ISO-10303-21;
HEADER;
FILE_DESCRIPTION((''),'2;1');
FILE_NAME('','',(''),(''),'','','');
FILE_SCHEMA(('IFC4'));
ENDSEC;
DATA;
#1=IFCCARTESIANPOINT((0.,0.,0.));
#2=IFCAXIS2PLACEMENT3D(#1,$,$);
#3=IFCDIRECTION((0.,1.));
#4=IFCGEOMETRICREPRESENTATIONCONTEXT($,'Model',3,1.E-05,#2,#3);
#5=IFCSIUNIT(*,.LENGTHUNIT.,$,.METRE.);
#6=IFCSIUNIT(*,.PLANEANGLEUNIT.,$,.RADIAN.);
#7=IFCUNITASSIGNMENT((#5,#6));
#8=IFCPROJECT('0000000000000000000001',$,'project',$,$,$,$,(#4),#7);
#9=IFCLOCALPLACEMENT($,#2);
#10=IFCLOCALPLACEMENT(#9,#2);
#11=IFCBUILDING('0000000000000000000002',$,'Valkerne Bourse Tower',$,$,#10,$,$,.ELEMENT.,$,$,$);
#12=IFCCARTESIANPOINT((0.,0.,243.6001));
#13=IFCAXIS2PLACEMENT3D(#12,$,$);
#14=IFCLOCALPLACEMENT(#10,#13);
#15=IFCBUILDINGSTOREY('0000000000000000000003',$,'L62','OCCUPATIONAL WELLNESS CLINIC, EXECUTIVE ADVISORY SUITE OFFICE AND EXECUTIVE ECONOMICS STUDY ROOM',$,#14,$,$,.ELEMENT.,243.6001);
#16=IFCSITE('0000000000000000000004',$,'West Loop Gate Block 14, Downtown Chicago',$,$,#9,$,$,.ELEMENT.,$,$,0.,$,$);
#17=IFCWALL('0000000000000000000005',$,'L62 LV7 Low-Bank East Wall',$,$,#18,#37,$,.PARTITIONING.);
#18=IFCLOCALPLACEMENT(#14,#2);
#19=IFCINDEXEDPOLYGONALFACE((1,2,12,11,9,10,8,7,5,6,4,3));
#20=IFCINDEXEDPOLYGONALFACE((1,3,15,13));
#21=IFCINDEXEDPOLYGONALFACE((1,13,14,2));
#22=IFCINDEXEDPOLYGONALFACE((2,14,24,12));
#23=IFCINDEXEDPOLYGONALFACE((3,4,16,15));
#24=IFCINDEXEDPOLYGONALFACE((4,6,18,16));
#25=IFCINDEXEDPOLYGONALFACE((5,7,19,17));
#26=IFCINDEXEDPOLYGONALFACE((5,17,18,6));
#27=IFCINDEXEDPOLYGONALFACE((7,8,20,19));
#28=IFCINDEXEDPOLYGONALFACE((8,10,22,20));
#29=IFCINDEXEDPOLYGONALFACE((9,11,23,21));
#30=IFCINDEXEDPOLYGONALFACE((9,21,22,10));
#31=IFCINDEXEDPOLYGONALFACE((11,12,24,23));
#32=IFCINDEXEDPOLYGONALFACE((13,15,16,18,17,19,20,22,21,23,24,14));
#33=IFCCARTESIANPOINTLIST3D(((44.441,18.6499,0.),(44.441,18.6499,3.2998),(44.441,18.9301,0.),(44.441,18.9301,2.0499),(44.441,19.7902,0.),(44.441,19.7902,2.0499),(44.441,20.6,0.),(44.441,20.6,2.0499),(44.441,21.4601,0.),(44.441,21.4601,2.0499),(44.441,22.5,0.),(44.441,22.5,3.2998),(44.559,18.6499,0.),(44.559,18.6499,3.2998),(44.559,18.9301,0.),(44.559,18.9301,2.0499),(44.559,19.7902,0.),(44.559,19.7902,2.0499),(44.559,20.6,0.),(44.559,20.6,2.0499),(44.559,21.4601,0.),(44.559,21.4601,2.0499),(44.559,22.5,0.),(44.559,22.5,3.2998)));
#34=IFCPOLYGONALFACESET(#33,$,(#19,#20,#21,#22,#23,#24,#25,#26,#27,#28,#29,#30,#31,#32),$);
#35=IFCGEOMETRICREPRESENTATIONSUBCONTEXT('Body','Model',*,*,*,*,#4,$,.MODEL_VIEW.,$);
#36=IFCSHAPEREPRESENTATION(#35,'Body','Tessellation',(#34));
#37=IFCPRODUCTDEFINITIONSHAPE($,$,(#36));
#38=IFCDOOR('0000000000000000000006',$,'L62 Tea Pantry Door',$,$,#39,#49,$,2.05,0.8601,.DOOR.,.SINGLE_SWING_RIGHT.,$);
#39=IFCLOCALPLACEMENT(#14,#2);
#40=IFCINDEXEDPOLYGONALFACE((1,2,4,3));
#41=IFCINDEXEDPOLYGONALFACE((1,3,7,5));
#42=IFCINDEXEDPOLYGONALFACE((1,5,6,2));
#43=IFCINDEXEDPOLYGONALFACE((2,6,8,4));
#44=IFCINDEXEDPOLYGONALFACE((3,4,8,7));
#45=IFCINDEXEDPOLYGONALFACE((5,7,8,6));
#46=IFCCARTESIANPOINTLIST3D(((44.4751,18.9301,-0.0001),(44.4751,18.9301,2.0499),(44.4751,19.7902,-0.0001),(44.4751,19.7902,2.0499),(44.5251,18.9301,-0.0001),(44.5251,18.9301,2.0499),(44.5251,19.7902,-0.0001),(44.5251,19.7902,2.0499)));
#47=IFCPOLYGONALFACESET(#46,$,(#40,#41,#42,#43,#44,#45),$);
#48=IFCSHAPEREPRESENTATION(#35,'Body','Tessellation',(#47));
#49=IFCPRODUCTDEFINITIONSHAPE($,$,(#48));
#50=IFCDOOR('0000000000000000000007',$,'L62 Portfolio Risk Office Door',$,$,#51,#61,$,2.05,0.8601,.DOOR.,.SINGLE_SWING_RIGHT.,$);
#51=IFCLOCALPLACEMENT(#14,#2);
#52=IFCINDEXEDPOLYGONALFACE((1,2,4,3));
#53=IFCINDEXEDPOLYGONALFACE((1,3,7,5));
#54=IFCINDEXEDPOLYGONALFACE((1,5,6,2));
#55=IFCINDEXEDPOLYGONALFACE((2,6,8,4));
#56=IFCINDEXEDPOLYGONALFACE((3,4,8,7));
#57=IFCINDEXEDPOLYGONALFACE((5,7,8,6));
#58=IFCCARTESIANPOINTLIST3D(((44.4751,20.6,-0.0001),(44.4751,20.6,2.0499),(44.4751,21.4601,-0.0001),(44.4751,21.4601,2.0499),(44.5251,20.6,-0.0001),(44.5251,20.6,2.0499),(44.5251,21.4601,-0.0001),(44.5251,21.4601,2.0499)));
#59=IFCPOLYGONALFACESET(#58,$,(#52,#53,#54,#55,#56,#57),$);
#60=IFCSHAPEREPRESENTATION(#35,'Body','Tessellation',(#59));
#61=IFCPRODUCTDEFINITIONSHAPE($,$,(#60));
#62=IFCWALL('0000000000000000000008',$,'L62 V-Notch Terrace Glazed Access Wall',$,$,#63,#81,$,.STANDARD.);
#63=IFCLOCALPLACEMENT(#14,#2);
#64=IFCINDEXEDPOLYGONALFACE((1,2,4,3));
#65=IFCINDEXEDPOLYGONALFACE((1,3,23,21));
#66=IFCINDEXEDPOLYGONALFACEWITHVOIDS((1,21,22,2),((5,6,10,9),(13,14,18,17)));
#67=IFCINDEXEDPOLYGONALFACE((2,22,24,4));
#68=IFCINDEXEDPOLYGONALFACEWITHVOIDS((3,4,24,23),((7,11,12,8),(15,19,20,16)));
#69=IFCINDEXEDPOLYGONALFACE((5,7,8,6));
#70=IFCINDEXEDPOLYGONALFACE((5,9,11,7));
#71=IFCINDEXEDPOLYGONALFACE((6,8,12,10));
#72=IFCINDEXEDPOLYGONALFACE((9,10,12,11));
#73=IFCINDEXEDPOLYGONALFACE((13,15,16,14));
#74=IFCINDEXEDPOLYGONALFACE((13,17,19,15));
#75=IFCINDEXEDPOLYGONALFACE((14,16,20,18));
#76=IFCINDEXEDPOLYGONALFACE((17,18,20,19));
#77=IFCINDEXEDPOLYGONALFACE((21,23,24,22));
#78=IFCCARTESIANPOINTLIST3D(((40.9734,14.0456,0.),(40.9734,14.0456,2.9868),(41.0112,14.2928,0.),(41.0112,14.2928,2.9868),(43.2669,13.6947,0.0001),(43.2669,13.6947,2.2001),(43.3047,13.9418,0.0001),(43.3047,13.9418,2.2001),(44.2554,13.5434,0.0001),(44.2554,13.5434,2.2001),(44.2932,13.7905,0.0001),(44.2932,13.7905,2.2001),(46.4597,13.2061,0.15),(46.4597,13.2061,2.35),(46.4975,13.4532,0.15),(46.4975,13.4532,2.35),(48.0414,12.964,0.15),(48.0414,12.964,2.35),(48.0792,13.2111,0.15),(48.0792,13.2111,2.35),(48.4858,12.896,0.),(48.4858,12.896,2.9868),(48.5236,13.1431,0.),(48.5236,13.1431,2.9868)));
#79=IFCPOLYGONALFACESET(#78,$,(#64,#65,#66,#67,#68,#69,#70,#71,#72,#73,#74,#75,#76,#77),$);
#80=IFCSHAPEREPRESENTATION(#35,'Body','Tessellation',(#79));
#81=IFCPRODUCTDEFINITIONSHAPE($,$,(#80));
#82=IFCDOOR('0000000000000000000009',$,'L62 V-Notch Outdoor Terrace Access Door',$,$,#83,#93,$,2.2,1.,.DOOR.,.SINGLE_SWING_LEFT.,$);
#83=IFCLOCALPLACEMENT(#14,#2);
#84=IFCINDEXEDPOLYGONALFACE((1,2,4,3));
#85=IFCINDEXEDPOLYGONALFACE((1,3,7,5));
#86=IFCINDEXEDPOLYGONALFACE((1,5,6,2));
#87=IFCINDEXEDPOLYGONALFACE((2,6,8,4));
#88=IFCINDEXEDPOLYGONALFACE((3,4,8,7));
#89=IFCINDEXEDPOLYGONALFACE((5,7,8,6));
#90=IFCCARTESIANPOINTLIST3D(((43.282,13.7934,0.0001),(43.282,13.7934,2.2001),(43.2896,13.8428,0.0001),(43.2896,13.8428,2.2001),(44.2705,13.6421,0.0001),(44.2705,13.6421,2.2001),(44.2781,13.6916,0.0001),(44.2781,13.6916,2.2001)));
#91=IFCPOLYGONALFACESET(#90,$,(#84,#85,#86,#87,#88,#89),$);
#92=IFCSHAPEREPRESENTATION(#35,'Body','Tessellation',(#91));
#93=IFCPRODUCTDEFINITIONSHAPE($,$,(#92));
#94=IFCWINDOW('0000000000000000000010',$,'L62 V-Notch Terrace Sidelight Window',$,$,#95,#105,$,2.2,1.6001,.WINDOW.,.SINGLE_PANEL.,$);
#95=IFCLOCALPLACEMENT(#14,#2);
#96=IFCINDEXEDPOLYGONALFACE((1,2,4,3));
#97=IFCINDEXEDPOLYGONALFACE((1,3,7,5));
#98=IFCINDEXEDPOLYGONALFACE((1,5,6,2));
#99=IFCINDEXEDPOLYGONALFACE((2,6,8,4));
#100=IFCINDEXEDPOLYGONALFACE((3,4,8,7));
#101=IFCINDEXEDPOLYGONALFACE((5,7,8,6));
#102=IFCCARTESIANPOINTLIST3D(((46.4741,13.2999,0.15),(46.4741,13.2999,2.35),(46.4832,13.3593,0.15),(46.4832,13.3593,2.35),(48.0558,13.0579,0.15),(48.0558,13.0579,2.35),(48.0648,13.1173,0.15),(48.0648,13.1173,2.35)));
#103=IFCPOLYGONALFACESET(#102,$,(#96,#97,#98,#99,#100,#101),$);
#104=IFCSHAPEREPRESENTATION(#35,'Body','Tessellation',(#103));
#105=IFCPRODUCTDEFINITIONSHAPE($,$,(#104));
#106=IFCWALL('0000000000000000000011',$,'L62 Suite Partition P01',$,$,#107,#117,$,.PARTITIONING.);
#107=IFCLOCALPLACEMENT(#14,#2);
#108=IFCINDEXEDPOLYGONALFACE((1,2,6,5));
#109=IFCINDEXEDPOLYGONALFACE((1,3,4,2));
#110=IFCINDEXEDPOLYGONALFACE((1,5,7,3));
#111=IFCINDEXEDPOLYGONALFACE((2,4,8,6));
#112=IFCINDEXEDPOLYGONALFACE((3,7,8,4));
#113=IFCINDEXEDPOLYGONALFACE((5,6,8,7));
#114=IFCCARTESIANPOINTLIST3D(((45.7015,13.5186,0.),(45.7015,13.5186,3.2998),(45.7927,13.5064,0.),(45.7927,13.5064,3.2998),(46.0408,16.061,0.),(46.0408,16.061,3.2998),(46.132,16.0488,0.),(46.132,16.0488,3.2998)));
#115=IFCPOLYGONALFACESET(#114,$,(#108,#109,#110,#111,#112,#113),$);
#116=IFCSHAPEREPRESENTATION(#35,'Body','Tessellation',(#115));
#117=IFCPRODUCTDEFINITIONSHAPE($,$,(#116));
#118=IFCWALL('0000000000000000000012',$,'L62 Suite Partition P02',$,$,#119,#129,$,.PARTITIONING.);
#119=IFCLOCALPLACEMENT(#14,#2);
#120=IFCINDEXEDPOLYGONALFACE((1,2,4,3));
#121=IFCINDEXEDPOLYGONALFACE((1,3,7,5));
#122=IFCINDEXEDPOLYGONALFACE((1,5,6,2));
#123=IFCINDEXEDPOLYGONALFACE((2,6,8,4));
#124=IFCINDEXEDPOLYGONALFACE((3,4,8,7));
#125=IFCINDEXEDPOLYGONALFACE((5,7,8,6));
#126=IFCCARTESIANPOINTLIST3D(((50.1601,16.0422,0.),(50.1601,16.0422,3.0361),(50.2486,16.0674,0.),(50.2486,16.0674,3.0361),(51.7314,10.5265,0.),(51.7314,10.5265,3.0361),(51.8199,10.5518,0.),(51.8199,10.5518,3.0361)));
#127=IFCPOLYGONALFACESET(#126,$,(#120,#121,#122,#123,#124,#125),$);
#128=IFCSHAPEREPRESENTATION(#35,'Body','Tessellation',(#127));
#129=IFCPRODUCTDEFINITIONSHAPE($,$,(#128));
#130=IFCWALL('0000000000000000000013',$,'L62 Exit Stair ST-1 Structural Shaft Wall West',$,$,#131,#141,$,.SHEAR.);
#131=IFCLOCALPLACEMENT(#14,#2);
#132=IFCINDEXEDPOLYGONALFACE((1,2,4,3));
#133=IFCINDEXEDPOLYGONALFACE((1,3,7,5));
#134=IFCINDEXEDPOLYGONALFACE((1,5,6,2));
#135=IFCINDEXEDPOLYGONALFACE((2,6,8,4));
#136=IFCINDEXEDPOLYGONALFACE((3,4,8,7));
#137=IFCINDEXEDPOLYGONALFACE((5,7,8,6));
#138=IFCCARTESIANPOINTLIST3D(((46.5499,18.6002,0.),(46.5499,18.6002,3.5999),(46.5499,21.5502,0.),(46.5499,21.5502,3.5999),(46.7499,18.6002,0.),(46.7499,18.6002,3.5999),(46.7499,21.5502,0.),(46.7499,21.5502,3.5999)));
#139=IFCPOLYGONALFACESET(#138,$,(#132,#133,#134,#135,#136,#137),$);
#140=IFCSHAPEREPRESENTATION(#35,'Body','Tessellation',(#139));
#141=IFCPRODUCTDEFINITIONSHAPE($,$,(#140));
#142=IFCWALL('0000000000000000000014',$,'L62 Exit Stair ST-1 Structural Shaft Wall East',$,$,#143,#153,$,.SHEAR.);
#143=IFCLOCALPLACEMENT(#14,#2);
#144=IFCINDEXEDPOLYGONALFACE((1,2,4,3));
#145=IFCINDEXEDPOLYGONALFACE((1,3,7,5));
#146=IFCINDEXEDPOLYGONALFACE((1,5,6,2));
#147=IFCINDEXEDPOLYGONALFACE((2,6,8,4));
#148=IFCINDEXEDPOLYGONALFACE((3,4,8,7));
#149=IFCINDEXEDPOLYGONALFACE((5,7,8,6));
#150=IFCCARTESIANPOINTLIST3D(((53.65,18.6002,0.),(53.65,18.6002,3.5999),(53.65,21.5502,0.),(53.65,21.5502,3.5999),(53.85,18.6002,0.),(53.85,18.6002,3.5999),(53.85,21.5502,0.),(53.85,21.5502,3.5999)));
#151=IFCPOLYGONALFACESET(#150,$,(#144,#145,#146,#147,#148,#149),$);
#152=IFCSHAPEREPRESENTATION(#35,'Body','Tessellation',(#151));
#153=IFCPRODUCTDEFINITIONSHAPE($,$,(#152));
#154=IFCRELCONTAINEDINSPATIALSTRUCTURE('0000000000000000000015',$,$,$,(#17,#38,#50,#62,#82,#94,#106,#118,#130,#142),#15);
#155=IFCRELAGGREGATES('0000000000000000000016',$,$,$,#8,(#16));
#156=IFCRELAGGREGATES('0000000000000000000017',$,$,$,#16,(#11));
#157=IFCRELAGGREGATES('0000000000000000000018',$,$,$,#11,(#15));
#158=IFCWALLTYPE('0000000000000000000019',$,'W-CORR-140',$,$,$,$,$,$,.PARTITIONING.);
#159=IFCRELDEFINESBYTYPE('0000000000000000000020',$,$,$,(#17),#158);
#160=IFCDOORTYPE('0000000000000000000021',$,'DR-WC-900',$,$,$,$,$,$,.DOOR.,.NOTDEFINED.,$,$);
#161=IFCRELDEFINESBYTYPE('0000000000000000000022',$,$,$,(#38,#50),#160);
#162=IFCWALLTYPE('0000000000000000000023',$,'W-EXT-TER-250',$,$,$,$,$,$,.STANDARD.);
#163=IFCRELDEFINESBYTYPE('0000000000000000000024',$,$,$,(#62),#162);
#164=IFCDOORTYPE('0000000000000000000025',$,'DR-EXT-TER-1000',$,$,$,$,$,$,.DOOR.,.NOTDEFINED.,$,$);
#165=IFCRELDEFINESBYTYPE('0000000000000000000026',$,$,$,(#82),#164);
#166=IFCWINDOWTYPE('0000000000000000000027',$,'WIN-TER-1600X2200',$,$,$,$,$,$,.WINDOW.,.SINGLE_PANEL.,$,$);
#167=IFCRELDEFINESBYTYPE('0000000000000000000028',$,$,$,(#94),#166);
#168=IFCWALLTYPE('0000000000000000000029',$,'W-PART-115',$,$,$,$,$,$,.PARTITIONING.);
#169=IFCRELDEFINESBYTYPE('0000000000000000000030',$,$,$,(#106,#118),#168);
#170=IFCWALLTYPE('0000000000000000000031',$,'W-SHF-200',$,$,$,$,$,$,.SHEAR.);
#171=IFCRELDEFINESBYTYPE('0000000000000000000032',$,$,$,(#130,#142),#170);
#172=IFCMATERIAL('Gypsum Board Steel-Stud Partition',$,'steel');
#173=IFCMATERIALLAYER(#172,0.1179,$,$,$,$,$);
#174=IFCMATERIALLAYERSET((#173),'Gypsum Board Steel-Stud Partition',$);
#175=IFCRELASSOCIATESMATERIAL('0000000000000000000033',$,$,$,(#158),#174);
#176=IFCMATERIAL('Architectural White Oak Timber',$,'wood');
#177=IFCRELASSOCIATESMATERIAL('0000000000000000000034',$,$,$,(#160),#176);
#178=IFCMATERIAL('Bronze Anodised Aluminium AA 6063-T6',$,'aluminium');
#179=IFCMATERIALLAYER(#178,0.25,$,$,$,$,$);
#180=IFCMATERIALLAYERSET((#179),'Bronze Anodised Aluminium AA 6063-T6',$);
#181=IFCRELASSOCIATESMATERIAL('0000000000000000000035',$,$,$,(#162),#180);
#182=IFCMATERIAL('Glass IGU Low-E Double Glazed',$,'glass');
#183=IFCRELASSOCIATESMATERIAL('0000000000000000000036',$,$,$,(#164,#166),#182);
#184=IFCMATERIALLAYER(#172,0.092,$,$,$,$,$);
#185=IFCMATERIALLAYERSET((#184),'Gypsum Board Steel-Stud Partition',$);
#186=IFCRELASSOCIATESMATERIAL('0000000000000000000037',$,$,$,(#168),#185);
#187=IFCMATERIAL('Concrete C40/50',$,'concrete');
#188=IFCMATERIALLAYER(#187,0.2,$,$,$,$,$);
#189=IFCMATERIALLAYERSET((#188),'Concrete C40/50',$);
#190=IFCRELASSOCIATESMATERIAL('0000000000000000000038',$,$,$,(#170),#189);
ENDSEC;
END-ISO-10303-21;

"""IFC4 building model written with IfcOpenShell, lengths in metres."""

from ifc_helpers import new_model, si_unit, direction, frame, frame_2d, origin, place, context, subcontext, project, spatial, rectangle, extrude, material, layer, layer_set, type_object, element, fill, save


model = new_model("IFC4")

# Units and contexts
model_context = context("Model", 3, precision=1e-05, world=origin(), true_north=direction((0.0, 1.0)))
body_context = subcontext(model_context, "Body", "Model", "MODEL_VIEW")
ifc_project = project(units=[si_unit("LENGTHUNIT", "METRE"), si_unit("PLANEANGLEUNIT", "RADIAN")], contexts=[model_context])

# Site, building, storey
site_placement = place(None, origin())
site = spatial("IfcSite", under=ifc_project, at=site_placement, Name="West Loop Gate Block 14, Downtown Chicago", CompositionType="ELEMENT", RefElevation=0.0)
building_placement = place(site_placement, origin())
building = spatial("IfcBuilding", under=site, at=building_placement, Name="Valkerne Bourse Tower", CompositionType="ELEMENT")
storey_placement = place(building_placement, frame((0.0, 0.0, 243.6001)))
storey = spatial("IfcBuildingStorey", under=building, at=storey_placement, Name="L62", Description="OCCUPATIONAL WELLNESS CLINIC, EXECUTIVE ADVISORY SUITE OFFICE AND EXECUTIVE ECONOMICS STUDY ROOM", CompositionType="ELEMENT", Elevation=243.6001)

# Wall, openings, doors
ifc_material_1 = material(Name="Gypsum Board Steel-Stud Partition", Category="steel")
ifc_layer_1 = layer(ifc_material_1, 0.1179)
ifc_layer_set_1 = layer_set([ifc_layer_1], Name="Gypsum Board Steel-Stud Partition")
wall_type_1 = type_object("IfcWallType", Name="W-CORR-140", PredefinedType="PARTITIONING", material=ifc_layer_set_1)
wall_1_placement = place(storey_placement, frame((44.5, 18.6499, 0.0), z_axis=(0.0, 0.0, 1.0), x_axis=(0.0, 1.0, 0.0)))
wall_1 = element("IfcWall", 1, at=wall_1_placement, inside=storey, type_object=wall_type_1, Name="L62 LV7 Low-Bank East Wall", PredefinedType="PARTITIONING", context=body_context, shape_type="SweptSolid", body=[
    extrude(rectangle(XDim=3.8501, YDim=0.1179, at=frame_2d((1.925, 0.0))), origin(), (0.0, 0.0, 1.0), 3.2998),
])
opening_1_placement = place(wall_1_placement, frame((0.28, 0.0, 0.0)))
opening_1 = element("IfcOpeningElement", 2, at=opening_1_placement, cuts=wall_1, PredefinedType="OPENING", context=body_context, shape_type="SweptSolid", body=[
    extrude(rectangle(XDim=0.8601, YDim=2.05, at=frame_2d((0.4302, 1.0249))), frame((0.0, 0.0688, 0.0), z_axis=(0.0, -1.0, 0.0), x_axis=(1.0, 0.0, 0.0)), (0.0, 0.0, 1.0), 0.1379),
])
opening_2_placement = place(wall_1_placement, frame((1.95, 0.0, 0.0)))
opening_2 = element("IfcOpeningElement", 3, at=opening_2_placement, cuts=wall_1, PredefinedType="OPENING", context=body_context, shape_type="SweptSolid", body=[
    extrude(rectangle(XDim=0.8601, YDim=2.05, at=frame_2d((0.4302, 1.0249))), frame((0.0, 0.0688, 0.0), z_axis=(0.0, -1.0, 0.0), x_axis=(1.0, 0.0, 0.0)), (0.0, 0.0, 1.0), 0.1379),
])
ifc_material_2 = material(Name="Architectural White Oak Timber", Category="wood")
door_type_1 = type_object("IfcDoorType", Name="DR-WC-900", OperationType="NOTDEFINED", PredefinedType="DOOR", material=ifc_material_2)
door_1_placement = place(opening_1_placement, origin())
door_1 = element("IfcDoor", 4, at=door_1_placement, inside=storey, type_object=door_type_1, Name="L62 Tea Pantry Door", OperationType="SINGLE_SWING_RIGHT", OverallHeight=2.05, OverallWidth=0.8601, PredefinedType="DOOR", context=body_context, shape_type="SweptSolid", body=[
    extrude(rectangle(XDim=0.8601, YDim=2.05, at=frame_2d((0.4302, 1.0249))), frame((0.0, 0.0249, 0.0), z_axis=(0.0, -1.0, 0.0), x_axis=(1.0, 0.0, 0.0)), (0.0, 0.0, 1.0), 0.05),
])
fill(opening_1, door_1)
door_2_placement = place(opening_2_placement, origin())
door_2 = element("IfcDoor", 5, at=door_2_placement, inside=storey, type_object=door_type_1, Name="L62 Portfolio Risk Office Door", OperationType="SINGLE_SWING_RIGHT", OverallHeight=2.05, OverallWidth=0.8601, PredefinedType="DOOR", context=body_context, shape_type="SweptSolid", body=[
    extrude(rectangle(XDim=0.8601, YDim=2.05, at=frame_2d((0.4302, 1.0249))), frame((0.0, 0.0249, 0.0), z_axis=(0.0, -1.0, 0.0), x_axis=(1.0, 0.0, 0.0)), (0.0, 0.0, 1.0), 0.05),
])
fill(opening_2, door_2)

# Wall, openings, door, window
ifc_material_3 = material(Name="Bronze Anodised Aluminium AA 6063-T6", Category="aluminium")
ifc_layer_2 = layer(ifc_material_3, 0.25)
ifc_layer_set_2 = layer_set([ifc_layer_2], Name="Bronze Anodised Aluminium AA 6063-T6")
wall_type_2 = type_object("IfcWallType", Name="W-EXT-TER-250", PredefinedType="STANDARD", material=ifc_layer_set_2)
wall_2_placement = place(storey_placement, frame((40.9924, 14.1692, 0.0), z_axis=(0.0, 0.0, 1.0), x_axis=(0.988492, -0.151273, 0.0)))
wall_2 = element("IfcWall", 6, at=wall_2_placement, inside=storey, type_object=wall_type_2, Name="L62 V-Notch Terrace Glazed Access Wall", PredefinedType="STANDARD", context=body_context, shape_type="SweptSolid", body=[
    extrude(rectangle(XDim=7.5999, YDim=0.25, at=frame_2d((3.7998, 0.0))), origin(), (0.0, 0.0, 1.0), 2.9868),
])
opening_3_placement = place(wall_2_placement, frame((2.3201, 0.0, 0.0)))
opening_3 = element("IfcOpeningElement", 7, at=opening_3_placement, cuts=wall_2, PredefinedType="OPENING", context=body_context, shape_type="SweptSolid", body=[
    extrude(rectangle(XDim=1.0, YDim=2.2, at=frame_2d((0.5, 1.1001))), frame((0.0, 0.135, 0.0), z_axis=(0.0, -1.0, 0.0), x_axis=(1.0, 0.0, 0.0)), (0.0, 0.0, 1.0), 0.27),
])
opening_4_placement = place(wall_2_placement, frame((5.55, 0.0, 0.1499)))
opening_4 = element("IfcOpeningElement", 8, at=opening_4_placement, cuts=wall_2, PredefinedType="OPENING", context=body_context, shape_type="SweptSolid", body=[
    extrude(rectangle(XDim=1.6001, YDim=2.2, at=frame_2d((0.8, 1.1001))), frame((0.0, 0.135, 0.0), z_axis=(0.0, -1.0, 0.0), x_axis=(1.0, 0.0, 0.0)), (0.0, 0.0, 1.0), 0.27),
])
ifc_material_4 = material(Name="Glass IGU Low-E Double Glazed", Category="glass")
door_type_2 = type_object("IfcDoorType", Name="DR-EXT-TER-1000", OperationType="NOTDEFINED", PredefinedType="DOOR", material=ifc_material_4)
door_3_placement = place(opening_3_placement, origin())
door_3 = element("IfcDoor", 9, at=door_3_placement, inside=storey, type_object=door_type_2, Name="L62 V-Notch Outdoor Terrace Access Door", OperationType="SINGLE_SWING_LEFT", OverallHeight=2.2, OverallWidth=1.0, PredefinedType="DOOR", context=body_context, shape_type="SweptSolid", body=[
    extrude(rectangle(XDim=1.0, YDim=2.2, at=frame_2d((0.5, 1.1001))), frame((0.0, 0.0249, 0.0), z_axis=(0.0, -1.0, 0.0), x_axis=(1.0, 0.0, 0.0)), (0.0, 0.0, 1.0), 0.05),
])
fill(opening_3, door_3)
window_type = type_object("IfcWindowType", Name="WIN-TER-1600X2200", PartitioningType="SINGLE_PANEL", PredefinedType="WINDOW", material=ifc_material_4)
window_placement = place(opening_4_placement, origin())
window = element("IfcWindow", 10, at=window_placement, inside=storey, type_object=window_type, Name="L62 V-Notch Terrace Sidelight Window", OverallHeight=2.2, OverallWidth=1.6001, PartitioningType="SINGLE_PANEL", PredefinedType="WINDOW", context=body_context, shape_type="SweptSolid", body=[
    extrude(rectangle(XDim=1.6001, YDim=2.2, at=frame_2d((0.8, 1.1001))), frame((0.0, 0.03, 0.0), z_axis=(0.0, -1.0, 0.0), x_axis=(1.0, 0.0, 0.0)), (0.0, 0.0, 1.0), 0.0601),
])
fill(opening_4, window)

# Walls
ifc_layer_3 = layer(ifc_material_1, 0.092)
ifc_layer_set_3 = layer_set([ifc_layer_3], Name="Gypsum Board Steel-Stud Partition")
wall_type_3 = type_object("IfcWallType", Name="W-PART-115", PredefinedType="PARTITIONING", material=ifc_layer_set_3)
wall_3_placement = place(storey_placement, frame((46.0864, 16.0549, 0.0), z_axis=(0.0, 0.0, 1.0), x_axis=(-0.132301, -0.99121, 0.0)))
element("IfcWall", 11, at=wall_3_placement, inside=storey, type_object=wall_type_3, Name="L62 Suite Partition P01", PredefinedType="PARTITIONING", context=body_context, shape_type="SweptSolid", body=[
    extrude(rectangle(XDim=2.5649, YDim=0.092, at=frame_2d((1.2825, 0.0))), origin(), (0.0, 0.0, 1.0), 3.2998),
])
wall_4_placement = place(storey_placement, frame((50.2043, 16.0549, 0.0), z_axis=(0.0, 0.0, 1.0), x_axis=(0.273979, -0.961736, 0.0)))
element("IfcWall", 12, at=wall_4_placement, inside=storey, type_object=wall_type_3, Name="L62 Suite Partition P02", PredefinedType="PARTITIONING", context=body_context, shape_type="SweptSolid", body=[
    extrude(rectangle(XDim=5.7351, YDim=0.092, at=frame_2d((2.8677, 0.0))), origin(), (0.0, 0.0, 1.0), 3.0361),
])
ifc_material_5 = material(Name="Concrete C40/50", Category="concrete")
ifc_layer_4 = layer(ifc_material_5, 0.2)
ifc_layer_set_4 = layer_set([ifc_layer_4], Name="Concrete C40/50")
wall_type_4 = type_object("IfcWallType", Name="W-SHF-200", PredefinedType="SHEAR", material=ifc_layer_set_4)
for number, where, z_axis, x_axis, name in (
    (13, (46.6499, 18.6001, 0.0), (0.0, 0.0, 1.0), (0.0, 1.0, 0.0), "L62 Exit Stair ST-1 Structural Shaft Wall West"),
    (14, (53.75, 18.6001, 0.0), (0.0, 0.0, 1.0), (0.0, 1.0, 0.0), "L62 Exit Stair ST-1 Structural Shaft Wall East"),
):
    element("IfcWall", number, at=place(storey_placement, frame(where, z_axis=z_axis, x_axis=x_axis)), inside=storey, type_object=wall_type_4, Name=name, PredefinedType="SHEAR", context=body_context, shape_type="SweptSolid", body=[
        extrude(rectangle(XDim=2.95, YDim=0.2, at=frame_2d((1.4751, 0.0))), origin(), (0.0, 0.0, 1.0), 3.5999),
    ])

save(model, "model.ifc")
